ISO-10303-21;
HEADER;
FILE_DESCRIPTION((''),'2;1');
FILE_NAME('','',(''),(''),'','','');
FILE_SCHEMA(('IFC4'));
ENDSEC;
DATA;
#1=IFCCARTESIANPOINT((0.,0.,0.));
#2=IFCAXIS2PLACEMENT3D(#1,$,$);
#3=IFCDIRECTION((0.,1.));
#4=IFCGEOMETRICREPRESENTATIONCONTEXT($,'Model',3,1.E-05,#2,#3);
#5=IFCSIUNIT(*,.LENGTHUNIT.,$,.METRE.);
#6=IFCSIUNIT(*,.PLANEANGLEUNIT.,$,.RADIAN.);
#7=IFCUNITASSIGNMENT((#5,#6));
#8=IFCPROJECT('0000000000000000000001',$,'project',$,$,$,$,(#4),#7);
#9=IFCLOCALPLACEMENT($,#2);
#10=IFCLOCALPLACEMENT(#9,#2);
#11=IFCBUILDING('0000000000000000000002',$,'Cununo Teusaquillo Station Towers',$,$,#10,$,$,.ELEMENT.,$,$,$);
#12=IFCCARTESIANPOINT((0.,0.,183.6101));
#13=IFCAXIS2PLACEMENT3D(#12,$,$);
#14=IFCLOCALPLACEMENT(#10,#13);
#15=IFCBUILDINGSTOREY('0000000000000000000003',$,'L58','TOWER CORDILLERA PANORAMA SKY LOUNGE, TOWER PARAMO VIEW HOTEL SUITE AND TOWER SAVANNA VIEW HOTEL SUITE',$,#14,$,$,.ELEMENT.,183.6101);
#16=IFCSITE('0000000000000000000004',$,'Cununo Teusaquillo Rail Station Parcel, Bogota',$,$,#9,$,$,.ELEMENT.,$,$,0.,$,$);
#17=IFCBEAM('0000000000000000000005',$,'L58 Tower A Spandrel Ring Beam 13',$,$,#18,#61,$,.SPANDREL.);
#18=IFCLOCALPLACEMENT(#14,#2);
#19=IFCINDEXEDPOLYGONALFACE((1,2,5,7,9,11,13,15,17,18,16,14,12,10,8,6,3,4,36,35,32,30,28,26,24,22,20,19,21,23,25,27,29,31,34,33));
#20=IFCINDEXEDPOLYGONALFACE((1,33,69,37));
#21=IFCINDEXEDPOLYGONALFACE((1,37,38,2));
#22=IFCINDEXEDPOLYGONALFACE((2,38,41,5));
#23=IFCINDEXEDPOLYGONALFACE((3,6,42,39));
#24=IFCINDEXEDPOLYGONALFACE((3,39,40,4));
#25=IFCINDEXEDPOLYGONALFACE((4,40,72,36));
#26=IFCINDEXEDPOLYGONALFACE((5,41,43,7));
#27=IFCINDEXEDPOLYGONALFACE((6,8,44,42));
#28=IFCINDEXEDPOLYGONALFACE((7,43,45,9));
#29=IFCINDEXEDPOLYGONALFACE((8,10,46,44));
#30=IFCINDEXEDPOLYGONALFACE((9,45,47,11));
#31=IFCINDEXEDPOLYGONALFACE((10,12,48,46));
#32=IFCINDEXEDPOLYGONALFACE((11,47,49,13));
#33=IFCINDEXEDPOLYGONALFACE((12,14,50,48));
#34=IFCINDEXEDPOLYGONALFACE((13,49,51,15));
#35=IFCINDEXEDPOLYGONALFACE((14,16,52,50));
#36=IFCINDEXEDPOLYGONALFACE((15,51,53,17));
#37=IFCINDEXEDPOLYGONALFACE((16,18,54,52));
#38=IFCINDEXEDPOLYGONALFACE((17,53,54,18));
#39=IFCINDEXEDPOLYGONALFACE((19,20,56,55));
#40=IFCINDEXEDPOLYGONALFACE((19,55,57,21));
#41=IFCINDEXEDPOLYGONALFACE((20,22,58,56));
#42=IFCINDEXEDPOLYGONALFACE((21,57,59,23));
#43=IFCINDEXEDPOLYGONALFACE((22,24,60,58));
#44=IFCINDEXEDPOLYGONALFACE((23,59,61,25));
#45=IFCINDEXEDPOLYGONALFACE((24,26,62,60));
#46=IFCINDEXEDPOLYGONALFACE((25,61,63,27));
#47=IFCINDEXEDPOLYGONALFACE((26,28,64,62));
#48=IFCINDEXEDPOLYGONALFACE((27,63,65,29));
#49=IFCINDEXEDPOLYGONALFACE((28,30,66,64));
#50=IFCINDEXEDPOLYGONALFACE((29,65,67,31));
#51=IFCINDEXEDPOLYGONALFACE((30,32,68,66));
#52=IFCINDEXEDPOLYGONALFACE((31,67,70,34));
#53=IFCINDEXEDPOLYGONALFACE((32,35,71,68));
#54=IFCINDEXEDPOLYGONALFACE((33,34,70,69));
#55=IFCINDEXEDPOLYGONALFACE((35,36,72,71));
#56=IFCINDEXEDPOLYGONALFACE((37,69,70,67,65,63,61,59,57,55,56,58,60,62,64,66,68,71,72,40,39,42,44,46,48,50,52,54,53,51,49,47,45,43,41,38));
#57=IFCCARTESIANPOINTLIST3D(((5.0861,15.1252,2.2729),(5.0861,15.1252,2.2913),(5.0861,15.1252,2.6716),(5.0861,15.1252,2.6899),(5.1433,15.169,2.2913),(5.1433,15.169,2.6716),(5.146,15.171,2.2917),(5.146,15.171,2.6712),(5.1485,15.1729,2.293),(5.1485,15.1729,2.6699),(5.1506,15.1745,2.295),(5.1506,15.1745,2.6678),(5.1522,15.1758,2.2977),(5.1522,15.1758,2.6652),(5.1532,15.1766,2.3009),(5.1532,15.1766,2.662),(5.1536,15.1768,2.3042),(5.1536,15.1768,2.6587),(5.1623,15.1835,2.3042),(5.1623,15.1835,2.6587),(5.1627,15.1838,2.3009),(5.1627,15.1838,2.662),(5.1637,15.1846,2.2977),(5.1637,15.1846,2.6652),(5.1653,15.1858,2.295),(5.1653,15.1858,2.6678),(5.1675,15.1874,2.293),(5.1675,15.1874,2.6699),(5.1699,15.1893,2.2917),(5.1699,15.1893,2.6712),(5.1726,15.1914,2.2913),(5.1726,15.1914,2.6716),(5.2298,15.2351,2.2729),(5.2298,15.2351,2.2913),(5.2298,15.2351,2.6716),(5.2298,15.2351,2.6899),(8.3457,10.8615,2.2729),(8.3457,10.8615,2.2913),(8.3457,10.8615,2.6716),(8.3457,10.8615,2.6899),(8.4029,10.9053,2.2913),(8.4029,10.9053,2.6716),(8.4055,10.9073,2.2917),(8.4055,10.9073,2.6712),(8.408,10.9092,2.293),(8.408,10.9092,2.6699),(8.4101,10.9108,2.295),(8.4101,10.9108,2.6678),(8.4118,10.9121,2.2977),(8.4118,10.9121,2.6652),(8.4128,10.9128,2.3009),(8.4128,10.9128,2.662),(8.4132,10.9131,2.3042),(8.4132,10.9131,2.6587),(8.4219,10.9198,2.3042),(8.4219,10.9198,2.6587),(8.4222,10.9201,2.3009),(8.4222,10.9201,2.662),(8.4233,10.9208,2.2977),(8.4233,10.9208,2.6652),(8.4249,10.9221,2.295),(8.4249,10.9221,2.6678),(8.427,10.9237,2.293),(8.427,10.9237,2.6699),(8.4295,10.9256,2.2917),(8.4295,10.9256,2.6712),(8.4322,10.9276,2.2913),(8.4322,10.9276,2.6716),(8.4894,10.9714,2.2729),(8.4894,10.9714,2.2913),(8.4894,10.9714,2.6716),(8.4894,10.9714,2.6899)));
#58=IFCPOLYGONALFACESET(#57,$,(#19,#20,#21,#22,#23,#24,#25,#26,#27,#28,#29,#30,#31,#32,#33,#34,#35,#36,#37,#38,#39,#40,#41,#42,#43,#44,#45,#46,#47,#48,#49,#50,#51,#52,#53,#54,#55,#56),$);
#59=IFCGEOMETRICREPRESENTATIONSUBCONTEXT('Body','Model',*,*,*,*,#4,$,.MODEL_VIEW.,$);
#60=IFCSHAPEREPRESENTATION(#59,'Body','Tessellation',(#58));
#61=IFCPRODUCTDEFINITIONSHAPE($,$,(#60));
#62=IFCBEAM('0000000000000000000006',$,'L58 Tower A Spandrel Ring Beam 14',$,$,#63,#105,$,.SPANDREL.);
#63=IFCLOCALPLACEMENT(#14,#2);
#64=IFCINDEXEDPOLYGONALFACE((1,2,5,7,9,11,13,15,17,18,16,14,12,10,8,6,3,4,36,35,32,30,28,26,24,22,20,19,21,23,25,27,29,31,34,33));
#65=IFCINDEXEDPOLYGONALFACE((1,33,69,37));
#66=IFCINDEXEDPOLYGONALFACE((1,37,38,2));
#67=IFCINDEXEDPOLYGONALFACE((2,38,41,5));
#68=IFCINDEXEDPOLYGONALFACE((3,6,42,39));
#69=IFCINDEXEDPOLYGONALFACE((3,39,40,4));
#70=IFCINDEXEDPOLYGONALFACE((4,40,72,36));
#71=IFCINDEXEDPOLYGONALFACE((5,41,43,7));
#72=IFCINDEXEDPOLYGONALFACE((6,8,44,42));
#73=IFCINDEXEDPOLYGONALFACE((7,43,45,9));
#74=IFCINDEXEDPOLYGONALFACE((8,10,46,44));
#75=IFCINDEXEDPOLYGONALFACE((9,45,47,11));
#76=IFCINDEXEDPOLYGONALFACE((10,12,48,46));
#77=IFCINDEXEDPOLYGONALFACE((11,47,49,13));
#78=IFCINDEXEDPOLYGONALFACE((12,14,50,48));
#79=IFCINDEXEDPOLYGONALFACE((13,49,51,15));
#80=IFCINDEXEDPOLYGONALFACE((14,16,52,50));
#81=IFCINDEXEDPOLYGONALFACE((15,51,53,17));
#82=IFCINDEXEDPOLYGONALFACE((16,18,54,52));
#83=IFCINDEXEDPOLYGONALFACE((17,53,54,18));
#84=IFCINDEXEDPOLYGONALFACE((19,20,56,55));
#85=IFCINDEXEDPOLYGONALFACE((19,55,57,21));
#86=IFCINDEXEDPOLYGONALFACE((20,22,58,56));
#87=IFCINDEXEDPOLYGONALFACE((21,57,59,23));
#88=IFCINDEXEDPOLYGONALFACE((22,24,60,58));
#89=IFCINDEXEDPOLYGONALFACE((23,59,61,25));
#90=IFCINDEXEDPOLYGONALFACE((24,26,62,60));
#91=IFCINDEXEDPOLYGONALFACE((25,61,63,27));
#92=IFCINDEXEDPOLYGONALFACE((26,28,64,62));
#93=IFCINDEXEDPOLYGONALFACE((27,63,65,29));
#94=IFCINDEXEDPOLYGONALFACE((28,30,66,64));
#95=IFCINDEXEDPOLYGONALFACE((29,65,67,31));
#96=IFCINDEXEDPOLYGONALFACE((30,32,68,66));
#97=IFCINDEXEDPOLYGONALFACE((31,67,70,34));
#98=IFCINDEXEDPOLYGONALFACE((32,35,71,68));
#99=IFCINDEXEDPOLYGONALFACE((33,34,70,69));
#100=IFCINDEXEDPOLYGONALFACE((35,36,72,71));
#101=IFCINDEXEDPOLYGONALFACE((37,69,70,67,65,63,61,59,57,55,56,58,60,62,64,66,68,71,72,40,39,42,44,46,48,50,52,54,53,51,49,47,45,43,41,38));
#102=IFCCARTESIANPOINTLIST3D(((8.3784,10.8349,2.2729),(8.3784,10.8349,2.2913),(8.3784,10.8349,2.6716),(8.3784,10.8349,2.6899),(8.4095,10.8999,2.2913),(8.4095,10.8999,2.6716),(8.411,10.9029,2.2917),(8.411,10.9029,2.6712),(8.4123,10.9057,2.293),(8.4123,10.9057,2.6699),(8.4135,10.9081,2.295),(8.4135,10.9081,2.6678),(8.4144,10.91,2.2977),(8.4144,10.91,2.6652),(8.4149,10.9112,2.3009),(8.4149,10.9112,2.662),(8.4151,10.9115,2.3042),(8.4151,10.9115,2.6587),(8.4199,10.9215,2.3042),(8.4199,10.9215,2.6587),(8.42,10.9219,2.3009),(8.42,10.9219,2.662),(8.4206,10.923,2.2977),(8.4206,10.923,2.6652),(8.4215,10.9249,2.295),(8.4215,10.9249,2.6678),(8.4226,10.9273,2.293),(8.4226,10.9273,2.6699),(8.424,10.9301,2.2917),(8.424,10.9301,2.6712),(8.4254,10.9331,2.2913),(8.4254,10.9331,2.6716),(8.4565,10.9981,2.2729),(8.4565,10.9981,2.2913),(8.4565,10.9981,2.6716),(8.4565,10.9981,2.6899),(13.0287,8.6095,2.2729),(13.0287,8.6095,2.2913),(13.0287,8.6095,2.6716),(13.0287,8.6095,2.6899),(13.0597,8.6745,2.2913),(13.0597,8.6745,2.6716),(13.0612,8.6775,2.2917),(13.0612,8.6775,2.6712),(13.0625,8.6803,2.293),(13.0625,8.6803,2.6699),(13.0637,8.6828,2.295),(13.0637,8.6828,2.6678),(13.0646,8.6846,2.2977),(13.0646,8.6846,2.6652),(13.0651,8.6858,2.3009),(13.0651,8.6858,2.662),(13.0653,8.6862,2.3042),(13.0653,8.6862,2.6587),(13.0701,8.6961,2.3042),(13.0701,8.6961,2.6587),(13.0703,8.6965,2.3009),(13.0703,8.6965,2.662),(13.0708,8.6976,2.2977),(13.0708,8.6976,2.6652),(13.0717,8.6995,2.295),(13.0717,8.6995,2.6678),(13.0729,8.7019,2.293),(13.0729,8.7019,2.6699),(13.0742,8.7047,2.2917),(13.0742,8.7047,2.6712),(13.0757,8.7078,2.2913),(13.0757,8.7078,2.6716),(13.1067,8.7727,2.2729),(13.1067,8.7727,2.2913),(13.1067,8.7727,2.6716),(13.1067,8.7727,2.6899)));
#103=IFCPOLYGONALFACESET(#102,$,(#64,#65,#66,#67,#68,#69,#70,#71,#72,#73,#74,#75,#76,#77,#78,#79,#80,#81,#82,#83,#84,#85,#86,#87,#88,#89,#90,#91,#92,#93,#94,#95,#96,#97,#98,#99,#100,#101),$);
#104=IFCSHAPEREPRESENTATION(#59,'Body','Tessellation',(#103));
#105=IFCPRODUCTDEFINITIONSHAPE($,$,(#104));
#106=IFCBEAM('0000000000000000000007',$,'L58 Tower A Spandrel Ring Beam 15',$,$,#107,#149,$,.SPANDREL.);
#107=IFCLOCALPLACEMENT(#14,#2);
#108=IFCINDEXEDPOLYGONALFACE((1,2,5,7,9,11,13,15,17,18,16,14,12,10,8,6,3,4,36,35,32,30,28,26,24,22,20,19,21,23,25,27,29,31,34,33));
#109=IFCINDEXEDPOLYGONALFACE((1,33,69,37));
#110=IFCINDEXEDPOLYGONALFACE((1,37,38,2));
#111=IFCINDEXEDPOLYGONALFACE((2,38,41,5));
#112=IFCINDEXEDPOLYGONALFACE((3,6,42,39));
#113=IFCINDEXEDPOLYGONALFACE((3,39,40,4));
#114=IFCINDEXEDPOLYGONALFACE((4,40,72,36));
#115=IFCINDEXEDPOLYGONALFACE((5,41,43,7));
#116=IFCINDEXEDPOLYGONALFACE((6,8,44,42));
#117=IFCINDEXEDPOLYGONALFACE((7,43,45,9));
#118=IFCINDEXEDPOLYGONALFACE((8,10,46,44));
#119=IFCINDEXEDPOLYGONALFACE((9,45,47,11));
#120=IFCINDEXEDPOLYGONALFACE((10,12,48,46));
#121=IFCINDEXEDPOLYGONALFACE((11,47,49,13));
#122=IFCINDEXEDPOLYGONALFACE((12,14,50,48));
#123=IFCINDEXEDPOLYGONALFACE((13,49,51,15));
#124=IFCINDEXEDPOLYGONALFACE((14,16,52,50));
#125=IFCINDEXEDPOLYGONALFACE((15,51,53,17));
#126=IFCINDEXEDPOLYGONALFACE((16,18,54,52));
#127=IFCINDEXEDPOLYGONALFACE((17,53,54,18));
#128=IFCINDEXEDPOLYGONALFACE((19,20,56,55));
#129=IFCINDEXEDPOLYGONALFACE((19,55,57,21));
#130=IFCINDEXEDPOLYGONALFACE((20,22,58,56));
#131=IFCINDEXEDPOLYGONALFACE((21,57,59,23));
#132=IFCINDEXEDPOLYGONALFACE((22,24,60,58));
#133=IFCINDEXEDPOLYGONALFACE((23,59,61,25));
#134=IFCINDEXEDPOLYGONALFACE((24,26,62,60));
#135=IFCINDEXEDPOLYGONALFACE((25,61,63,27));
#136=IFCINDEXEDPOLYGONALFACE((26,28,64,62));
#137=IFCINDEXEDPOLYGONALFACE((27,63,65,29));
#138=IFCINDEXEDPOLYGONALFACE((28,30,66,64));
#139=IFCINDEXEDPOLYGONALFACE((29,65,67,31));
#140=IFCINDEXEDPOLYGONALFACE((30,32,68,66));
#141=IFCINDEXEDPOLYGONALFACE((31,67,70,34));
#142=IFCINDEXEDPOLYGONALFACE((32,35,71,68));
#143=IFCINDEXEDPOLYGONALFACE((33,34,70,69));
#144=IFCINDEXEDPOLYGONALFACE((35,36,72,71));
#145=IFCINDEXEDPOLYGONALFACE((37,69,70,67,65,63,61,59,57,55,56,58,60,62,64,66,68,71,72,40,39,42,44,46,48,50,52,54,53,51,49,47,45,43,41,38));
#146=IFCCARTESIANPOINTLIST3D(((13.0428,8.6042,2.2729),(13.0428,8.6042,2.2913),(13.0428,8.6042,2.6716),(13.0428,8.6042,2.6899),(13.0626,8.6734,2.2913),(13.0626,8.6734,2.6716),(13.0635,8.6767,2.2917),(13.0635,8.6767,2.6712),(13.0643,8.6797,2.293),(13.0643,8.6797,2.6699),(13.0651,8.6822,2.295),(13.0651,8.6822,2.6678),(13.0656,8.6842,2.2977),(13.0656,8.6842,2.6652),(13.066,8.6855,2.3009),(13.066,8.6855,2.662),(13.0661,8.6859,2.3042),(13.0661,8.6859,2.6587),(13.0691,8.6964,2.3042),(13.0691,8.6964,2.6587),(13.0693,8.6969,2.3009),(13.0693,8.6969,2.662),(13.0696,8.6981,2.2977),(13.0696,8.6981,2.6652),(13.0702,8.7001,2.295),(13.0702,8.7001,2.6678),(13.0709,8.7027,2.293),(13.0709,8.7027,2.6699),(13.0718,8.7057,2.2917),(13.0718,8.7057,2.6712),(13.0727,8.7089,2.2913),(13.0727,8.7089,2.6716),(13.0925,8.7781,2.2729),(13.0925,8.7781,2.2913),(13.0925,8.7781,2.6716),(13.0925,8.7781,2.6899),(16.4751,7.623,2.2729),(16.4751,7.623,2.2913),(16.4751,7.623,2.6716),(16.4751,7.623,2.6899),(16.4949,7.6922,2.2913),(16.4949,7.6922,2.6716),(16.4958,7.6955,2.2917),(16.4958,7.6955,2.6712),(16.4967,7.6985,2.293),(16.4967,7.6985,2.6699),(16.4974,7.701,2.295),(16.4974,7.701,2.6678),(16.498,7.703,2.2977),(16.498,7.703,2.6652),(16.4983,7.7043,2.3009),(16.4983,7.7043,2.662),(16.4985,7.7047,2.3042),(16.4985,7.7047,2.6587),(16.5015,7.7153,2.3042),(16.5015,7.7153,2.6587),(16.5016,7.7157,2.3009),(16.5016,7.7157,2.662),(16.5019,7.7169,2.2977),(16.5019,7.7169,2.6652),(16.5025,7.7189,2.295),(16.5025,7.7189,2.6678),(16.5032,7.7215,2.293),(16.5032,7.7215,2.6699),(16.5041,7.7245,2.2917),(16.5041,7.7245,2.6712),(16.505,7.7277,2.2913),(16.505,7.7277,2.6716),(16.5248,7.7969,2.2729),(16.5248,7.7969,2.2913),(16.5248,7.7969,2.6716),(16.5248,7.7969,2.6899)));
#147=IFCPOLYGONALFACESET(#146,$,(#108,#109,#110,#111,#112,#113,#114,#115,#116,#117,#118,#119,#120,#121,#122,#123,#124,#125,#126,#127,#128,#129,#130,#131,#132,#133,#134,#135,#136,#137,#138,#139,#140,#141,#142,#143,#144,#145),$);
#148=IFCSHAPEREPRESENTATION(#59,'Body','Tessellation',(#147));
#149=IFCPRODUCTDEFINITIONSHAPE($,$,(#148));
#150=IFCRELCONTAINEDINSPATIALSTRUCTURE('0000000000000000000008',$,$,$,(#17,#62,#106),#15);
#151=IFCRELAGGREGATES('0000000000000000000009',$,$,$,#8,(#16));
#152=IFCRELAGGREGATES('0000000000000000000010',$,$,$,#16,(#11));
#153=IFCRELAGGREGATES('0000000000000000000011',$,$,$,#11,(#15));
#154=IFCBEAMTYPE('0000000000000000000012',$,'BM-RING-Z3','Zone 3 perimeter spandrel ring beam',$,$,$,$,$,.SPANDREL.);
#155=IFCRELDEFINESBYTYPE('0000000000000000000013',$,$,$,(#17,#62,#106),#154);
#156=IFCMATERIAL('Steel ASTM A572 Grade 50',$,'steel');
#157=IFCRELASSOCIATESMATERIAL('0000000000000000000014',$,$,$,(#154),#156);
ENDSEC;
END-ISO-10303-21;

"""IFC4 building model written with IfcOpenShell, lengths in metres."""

from ifc_helpers import new_model, si_unit, direction, frame, origin, origin_2d, place, context, subcontext, project, spatial, i_section, extrude, material, material_profile, profile_set, type_object, element, save


model = new_model("IFC4")

# Units and contexts
model_context = context("Model", 3, precision=1e-05, world=origin(), true_north=direction((0.0, 1.0)))
body_context = subcontext(model_context, "Body", "Model", "MODEL_VIEW")
ifc_project = project(units=[si_unit("LENGTHUNIT", "METRE"), si_unit("PLANEANGLEUNIT", "RADIAN")], contexts=[model_context])

# Site, building, storey
site_placement = place(None, origin())
site = spatial("IfcSite", under=ifc_project, at=site_placement, Name="Cununo Teusaquillo Rail Station Parcel, Bogota", CompositionType="ELEMENT", RefElevation=0.0)
building_placement = place(site_placement, origin())
building = spatial("IfcBuilding", under=site, at=building_placement, Name="Cununo Teusaquillo Station Towers", CompositionType="ELEMENT")
storey_placement = place(building_placement, frame((0.0, 0.0, 183.6101)))
storey = spatial("IfcBuildingStorey", under=building, at=storey_placement, Name="L58", Description="TOWER CORDILLERA PANORAMA SKY LOUNGE, TOWER PARAMO VIEW HOTEL SUITE AND TOWER SAVANNA VIEW HOTEL SUITE", CompositionType="ELEMENT", Elevation=183.6101)

# Beams
ifc_material_1 = material(Name="Steel ASTM A572 Grade 50", Category="steel")
ifc_material_profile_1 = material_profile(ifc_material_1, i_section(OverallWidth=0.1809, OverallDepth=0.417, WebThickness=0.011, FlangeThickness=0.0183, FilletRadius=0.0129, at=origin_2d()), Name="W16X57")
ifc_profile_set_1 = profile_set([ifc_material_profile_1], Name="Steel ASTM A572 Grade 50")
beam_type = type_object("IfcBeamType", Name="BM-RING-Z3", Description="Zone 3 perimeter spandrel ring beam", PredefinedType="SPANDREL", material=ifc_profile_set_1)
beam_1_placement = place(storey_placement, frame((5.158, 15.1802, 2.4814), z_axis=(0.60734, -0.794442, 0.0), x_axis=(0.794442, 0.60734, 0.0)))
element("IfcBeam", 1, at=beam_1_placement, inside=storey, type_object=beam_type, Name="L58 Tower A Spandrel Ring Beam 13", PredefinedType="SPANDREL", context=body_context, shape_type="SweptSolid", body=[
    extrude(i_section(OverallWidth=0.1809, OverallDepth=0.417, WebThickness=0.011, FlangeThickness=0.0183, FilletRadius=0.0129, at=origin_2d()), origin(), (0.0, 0.0, 1.0), 5.3669),
])
beam_2_placement = place(storey_placement, frame((8.4175, 10.9165, 2.4814), z_axis=(0.902032, -0.43167, 0.0), x_axis=(0.43167, 0.902032, 0.0)))
element("IfcBeam", 2, at=beam_2_placement, inside=storey, type_object=beam_type, Name="L58 Tower A Spandrel Ring Beam 14", PredefinedType="SPANDREL", context=body_context, shape_type="SweptSolid", body=[
    extrude(i_section(OverallWidth=0.1809, OverallDepth=0.417, WebThickness=0.011, FlangeThickness=0.0183, FilletRadius=0.0129, at=origin_2d()), origin(), (0.0, 0.0, 1.0), 5.1553),
])
beam_3_placement = place(storey_placement, frame((13.0676, 8.6912, 2.4814), z_axis=(0.961485, -0.274857, 0.0), x_axis=(0.274857, 0.961485, 0.0)))
element("IfcBeam", 3, at=beam_3_placement, inside=storey, type_object=beam_type, Name="L58 Tower A Spandrel Ring Beam 15", PredefinedType="SPANDREL", context=body_context, shape_type="SweptSolid", body=[
    extrude(i_section(OverallWidth=0.1809, OverallDepth=0.417, WebThickness=0.011, FlangeThickness=0.0183, FilletRadius=0.0129, at=origin_2d()), origin(), (0.0, 0.0, 1.0), 3.5698),
])

save(model, "model.ifc")
